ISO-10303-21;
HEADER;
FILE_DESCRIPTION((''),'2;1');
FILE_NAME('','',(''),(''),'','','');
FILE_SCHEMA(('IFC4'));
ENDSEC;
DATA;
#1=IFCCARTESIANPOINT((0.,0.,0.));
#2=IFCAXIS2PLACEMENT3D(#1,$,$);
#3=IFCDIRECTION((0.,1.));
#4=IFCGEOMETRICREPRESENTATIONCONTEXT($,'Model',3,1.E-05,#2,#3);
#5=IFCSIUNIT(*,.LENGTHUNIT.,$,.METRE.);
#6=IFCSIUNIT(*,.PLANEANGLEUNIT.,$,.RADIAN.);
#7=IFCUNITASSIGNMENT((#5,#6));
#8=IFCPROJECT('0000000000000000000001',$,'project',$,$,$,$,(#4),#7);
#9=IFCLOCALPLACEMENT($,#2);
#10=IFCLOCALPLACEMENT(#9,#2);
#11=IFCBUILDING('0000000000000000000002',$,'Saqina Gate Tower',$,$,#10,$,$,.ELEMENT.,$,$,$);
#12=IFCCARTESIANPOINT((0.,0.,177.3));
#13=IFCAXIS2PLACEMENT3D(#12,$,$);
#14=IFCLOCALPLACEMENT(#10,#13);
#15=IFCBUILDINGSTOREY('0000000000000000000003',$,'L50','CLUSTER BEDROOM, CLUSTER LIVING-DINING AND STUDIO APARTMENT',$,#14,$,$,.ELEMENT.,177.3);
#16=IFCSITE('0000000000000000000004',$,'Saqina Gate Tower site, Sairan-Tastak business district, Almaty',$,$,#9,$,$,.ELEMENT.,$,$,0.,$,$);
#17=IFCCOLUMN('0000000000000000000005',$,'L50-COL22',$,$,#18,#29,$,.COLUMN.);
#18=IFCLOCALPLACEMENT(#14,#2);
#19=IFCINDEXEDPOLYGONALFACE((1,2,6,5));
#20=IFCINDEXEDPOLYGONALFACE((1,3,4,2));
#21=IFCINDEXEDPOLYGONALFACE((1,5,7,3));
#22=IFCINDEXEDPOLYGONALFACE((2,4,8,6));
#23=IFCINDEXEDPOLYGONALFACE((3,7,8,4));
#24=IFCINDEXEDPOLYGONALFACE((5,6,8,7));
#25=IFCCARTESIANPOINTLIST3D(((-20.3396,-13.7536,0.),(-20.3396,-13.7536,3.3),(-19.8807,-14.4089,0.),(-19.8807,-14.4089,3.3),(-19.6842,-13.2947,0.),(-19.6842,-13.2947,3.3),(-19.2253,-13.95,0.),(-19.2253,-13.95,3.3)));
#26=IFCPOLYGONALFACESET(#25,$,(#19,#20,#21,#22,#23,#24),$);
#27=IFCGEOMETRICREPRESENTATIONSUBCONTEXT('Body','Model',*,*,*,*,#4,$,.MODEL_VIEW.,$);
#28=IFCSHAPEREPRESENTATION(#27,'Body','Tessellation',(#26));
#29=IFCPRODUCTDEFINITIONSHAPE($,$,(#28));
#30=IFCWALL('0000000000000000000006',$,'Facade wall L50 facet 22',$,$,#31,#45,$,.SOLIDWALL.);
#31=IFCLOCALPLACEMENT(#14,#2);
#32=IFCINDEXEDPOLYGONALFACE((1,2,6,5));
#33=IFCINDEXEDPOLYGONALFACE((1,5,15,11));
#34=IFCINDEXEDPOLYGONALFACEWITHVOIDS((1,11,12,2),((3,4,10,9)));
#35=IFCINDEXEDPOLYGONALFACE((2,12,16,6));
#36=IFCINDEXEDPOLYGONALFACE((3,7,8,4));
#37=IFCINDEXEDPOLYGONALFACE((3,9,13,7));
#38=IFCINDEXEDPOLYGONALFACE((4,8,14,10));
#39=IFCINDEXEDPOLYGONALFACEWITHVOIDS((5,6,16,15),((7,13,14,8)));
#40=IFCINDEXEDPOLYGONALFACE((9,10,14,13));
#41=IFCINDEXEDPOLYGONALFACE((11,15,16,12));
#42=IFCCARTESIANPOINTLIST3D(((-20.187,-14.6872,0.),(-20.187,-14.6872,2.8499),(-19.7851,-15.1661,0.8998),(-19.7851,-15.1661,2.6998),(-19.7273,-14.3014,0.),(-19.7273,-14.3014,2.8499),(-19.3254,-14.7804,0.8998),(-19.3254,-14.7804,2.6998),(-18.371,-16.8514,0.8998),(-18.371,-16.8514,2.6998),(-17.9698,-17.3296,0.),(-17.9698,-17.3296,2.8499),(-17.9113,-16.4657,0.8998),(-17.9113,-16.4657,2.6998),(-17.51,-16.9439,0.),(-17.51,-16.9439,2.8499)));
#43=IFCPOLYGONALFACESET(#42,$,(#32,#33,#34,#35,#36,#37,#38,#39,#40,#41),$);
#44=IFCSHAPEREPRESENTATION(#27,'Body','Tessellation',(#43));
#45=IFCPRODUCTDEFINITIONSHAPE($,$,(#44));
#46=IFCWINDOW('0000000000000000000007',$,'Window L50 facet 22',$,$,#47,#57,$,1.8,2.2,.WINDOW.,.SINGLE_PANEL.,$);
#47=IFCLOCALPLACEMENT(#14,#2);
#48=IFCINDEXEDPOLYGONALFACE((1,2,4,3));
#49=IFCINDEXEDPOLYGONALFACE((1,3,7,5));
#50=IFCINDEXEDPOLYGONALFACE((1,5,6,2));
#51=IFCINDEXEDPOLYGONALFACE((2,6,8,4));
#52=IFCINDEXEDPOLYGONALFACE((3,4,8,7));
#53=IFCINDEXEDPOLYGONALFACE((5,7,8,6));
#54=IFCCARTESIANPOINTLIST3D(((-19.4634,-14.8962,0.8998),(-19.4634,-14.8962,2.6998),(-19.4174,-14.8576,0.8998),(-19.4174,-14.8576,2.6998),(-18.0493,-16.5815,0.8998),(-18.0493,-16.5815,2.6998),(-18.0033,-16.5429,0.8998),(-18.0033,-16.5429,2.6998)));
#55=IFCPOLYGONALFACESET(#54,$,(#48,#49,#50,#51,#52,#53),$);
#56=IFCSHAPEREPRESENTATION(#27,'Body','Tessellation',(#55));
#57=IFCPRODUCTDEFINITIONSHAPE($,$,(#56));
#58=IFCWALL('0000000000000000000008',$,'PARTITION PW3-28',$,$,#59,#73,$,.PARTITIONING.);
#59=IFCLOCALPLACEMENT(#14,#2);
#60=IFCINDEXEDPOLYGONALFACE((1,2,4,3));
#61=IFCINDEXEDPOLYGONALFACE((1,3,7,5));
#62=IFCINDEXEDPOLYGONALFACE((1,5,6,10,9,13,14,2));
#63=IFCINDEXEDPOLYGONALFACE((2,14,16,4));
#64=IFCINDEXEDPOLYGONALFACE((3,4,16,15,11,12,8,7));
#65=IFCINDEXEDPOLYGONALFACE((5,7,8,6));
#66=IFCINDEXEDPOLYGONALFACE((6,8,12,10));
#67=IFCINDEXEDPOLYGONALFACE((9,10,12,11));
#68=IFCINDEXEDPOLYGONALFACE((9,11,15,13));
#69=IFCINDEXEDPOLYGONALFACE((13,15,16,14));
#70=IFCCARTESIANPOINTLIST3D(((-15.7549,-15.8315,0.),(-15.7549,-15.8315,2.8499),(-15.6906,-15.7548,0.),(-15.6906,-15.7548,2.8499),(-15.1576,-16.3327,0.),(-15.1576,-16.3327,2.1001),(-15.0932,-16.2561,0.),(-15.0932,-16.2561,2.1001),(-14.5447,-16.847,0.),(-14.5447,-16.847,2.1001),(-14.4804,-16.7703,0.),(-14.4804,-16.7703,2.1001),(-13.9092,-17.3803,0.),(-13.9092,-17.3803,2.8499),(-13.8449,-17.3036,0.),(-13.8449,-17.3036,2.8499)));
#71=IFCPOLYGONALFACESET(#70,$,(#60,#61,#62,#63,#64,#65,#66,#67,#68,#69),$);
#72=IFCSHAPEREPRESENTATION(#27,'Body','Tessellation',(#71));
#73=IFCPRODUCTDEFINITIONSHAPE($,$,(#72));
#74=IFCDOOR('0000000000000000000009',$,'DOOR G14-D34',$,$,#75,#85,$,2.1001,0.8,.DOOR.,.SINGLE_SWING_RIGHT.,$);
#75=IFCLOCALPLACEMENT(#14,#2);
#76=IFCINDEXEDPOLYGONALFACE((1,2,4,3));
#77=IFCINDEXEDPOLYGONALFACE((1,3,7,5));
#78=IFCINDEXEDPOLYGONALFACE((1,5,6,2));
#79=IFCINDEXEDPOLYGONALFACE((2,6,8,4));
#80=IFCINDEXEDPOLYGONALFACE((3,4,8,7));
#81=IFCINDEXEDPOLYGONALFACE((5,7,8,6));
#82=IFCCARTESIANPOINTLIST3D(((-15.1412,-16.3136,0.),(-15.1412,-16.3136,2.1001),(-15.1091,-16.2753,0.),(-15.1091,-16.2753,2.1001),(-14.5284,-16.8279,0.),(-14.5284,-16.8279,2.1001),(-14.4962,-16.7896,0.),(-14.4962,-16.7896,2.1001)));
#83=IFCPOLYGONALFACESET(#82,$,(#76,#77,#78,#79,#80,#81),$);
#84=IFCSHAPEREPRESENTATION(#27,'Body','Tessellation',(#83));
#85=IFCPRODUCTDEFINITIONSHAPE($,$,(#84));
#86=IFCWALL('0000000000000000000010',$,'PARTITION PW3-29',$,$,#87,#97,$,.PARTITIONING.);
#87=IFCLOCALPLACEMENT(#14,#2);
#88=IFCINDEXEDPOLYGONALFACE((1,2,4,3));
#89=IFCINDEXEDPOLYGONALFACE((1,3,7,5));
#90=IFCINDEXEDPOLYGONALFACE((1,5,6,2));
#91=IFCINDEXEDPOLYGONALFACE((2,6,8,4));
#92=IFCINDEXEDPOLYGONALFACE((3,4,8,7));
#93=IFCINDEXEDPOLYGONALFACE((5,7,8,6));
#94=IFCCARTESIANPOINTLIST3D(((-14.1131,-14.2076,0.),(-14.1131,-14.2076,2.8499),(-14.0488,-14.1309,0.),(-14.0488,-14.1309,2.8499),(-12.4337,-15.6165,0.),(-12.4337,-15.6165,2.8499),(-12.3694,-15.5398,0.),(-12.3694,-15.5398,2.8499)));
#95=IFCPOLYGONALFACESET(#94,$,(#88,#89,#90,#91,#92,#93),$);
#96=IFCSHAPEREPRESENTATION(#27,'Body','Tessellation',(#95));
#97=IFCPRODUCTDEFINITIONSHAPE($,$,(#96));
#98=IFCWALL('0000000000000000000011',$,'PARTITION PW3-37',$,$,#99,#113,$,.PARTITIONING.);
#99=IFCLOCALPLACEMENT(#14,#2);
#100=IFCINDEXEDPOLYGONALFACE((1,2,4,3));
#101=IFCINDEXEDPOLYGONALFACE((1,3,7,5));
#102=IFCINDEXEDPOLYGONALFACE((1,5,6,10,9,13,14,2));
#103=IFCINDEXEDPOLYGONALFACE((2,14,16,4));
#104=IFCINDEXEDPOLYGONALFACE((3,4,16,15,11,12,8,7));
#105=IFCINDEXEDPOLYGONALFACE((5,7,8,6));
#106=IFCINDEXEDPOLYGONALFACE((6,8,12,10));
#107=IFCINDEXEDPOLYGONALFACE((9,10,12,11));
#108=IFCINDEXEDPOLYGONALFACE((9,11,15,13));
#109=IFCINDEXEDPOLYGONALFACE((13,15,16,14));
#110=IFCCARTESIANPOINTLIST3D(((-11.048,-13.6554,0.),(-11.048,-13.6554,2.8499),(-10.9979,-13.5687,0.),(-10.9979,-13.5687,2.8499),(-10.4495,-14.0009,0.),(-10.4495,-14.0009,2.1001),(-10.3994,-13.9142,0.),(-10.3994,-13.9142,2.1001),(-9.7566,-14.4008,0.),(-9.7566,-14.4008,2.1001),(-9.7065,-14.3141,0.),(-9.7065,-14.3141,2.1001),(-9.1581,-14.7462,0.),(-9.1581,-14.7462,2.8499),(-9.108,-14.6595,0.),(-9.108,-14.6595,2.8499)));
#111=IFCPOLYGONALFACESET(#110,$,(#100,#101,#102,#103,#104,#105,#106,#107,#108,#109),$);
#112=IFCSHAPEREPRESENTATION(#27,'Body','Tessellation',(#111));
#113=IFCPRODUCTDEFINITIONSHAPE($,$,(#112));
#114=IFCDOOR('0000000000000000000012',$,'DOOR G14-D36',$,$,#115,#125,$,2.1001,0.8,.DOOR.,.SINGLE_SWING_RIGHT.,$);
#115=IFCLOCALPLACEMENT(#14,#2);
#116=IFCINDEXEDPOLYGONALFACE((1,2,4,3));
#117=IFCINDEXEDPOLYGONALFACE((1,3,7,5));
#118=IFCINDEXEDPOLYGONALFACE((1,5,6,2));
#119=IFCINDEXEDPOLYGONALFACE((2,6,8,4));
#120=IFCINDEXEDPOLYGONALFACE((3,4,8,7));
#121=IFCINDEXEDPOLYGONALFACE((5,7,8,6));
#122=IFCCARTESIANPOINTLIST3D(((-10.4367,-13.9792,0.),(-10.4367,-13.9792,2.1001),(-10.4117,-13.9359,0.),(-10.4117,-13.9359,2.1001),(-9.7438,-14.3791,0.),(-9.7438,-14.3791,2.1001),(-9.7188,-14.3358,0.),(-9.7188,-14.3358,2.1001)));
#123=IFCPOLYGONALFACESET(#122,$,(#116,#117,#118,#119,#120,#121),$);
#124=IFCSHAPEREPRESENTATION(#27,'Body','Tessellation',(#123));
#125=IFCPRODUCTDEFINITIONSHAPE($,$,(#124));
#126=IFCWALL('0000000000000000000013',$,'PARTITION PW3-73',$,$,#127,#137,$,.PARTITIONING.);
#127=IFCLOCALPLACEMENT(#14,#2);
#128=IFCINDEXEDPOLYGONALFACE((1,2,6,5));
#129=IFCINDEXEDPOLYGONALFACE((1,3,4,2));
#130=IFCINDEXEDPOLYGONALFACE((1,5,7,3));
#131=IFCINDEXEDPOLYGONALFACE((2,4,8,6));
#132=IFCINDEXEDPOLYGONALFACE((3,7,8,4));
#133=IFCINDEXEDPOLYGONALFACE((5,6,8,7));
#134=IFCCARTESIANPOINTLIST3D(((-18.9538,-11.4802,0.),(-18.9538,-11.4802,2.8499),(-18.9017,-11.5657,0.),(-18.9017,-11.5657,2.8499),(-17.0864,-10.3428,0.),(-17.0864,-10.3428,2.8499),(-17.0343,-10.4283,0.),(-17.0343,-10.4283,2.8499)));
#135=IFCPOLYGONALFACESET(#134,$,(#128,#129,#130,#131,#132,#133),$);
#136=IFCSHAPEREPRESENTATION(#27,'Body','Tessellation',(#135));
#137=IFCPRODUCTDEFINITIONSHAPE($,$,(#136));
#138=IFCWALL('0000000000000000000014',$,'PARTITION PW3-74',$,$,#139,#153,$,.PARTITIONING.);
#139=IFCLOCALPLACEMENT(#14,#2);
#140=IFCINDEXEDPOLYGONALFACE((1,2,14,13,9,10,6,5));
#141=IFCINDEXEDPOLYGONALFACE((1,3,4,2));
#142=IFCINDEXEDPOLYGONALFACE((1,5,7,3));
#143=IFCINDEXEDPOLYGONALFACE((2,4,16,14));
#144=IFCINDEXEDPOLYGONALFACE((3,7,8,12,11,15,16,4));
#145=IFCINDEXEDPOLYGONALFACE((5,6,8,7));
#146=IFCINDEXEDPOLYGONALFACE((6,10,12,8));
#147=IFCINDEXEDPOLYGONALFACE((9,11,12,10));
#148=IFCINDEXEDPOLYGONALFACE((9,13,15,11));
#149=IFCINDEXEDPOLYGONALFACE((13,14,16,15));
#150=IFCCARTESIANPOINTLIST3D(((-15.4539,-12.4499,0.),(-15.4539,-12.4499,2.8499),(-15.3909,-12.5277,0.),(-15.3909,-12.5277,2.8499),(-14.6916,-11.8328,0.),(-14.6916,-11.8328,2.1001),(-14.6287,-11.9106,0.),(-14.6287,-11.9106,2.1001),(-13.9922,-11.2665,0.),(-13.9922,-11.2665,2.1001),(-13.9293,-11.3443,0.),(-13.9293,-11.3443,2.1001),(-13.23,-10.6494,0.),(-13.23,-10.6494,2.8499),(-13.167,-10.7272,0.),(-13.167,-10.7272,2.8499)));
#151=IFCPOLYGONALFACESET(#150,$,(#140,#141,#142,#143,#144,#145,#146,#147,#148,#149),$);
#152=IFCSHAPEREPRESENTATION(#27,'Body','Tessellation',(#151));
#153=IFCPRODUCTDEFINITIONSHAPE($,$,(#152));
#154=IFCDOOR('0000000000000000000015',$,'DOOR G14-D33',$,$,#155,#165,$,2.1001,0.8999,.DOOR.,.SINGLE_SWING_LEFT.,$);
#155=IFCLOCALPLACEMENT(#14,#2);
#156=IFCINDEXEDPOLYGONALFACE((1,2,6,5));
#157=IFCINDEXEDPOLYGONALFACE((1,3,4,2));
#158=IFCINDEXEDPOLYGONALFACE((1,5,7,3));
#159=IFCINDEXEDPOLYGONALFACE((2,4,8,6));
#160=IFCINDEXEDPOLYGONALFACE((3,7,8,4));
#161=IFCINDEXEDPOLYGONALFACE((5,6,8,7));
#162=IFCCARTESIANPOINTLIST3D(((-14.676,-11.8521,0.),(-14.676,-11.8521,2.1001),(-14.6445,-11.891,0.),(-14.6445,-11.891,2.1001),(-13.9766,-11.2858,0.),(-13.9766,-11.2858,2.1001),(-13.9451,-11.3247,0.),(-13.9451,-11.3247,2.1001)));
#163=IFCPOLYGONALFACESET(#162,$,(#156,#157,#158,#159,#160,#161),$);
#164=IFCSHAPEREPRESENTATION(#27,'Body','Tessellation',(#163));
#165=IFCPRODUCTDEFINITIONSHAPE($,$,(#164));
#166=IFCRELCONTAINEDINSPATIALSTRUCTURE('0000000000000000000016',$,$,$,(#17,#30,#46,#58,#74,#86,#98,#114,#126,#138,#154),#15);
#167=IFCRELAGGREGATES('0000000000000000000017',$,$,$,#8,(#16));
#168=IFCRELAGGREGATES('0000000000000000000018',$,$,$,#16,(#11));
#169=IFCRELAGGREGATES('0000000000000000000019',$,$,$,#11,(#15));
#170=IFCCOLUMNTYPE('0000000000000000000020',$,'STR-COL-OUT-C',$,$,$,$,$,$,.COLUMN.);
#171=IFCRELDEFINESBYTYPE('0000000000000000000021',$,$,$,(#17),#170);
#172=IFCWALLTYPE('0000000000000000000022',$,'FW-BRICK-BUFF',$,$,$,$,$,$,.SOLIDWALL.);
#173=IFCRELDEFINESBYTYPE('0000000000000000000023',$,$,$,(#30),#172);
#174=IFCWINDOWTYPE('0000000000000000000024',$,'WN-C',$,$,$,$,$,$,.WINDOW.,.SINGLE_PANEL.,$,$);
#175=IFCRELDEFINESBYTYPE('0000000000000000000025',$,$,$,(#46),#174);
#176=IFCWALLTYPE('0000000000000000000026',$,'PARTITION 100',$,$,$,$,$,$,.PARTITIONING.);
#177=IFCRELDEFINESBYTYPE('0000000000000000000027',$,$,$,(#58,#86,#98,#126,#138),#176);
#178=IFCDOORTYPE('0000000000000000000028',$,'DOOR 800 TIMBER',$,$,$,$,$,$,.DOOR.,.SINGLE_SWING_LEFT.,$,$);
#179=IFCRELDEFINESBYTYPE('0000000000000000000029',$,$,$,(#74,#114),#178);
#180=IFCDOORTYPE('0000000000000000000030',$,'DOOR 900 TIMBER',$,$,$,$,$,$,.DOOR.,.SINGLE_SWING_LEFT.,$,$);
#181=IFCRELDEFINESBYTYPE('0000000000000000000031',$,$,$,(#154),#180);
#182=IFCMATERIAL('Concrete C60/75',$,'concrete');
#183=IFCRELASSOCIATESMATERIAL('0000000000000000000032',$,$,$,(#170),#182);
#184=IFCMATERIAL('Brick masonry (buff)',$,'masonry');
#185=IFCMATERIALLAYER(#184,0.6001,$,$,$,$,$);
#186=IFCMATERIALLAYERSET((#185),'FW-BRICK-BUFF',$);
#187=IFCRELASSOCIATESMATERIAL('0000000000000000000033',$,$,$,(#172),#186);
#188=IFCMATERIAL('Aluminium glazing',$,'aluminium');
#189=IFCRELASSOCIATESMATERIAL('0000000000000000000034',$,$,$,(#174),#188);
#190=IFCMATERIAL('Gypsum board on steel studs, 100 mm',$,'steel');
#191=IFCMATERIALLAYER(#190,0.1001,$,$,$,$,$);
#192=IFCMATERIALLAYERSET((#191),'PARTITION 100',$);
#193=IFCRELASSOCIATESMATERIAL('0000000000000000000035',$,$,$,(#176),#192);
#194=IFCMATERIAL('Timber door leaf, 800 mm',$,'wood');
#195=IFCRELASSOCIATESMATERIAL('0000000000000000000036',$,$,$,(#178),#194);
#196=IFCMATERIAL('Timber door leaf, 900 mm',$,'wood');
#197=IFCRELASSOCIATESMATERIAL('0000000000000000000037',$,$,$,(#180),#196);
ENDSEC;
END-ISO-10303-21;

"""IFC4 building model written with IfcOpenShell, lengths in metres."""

from ifc_helpers import new_model, si_unit, direction, frame, frame_2d, origin, origin_2d, place, context, subcontext, project, spatial, rectangle, extrude, material, layer, layer_set, material_profile, profile_set, type_object, element, fill, save


model = new_model("IFC4")

# Units and contexts
model_context = context("Model", 3, precision=1e-05, world=origin(), true_north=direction((0.0, 1.0)))
body_context = subcontext(model_context, "Body", "Model", "MODEL_VIEW")
ifc_project = project(units=[si_unit("LENGTHUNIT", "METRE"), si_unit("PLANEANGLEUNIT", "RADIAN")], contexts=[model_context])

# Site, building, storey
site_placement = place(None, origin())
site = spatial("IfcSite", under=ifc_project, at=site_placement, Name="Saqina Gate Tower site, Sairan-Tastak business district, Almaty", CompositionType="ELEMENT", RefElevation=0.0)
building_placement = place(site_placement, origin())
building = spatial("IfcBuilding", under=site, at=building_placement, Name="Saqina Gate Tower", CompositionType="ELEMENT")
storey_placement = place(building_placement, frame((0.0, 0.0, 177.3)))
storey = spatial("IfcBuildingStorey", under=building, at=storey_placement, Name="L50", Description="CLUSTER BEDROOM, CLUSTER LIVING-DINING AND STUDIO APARTMENT", CompositionType="ELEMENT", Elevation=177.3)

# Column
ifc_material_1 = material(Name="Concrete C60/75", Category="concrete")
ifc_material_profile = material_profile(ifc_material_1, rectangle(XDim=0.8, YDim=0.8, at=origin_2d()), Name="RC 800x800")
ifc_profile_set = profile_set([ifc_material_profile], Name="Concrete C60/75")
column_type = type_object("IfcColumnType", Name="STR-COL-OUT-C", PredefinedType="COLUMN", material=ifc_profile_set)
column_placement = place(storey_placement, frame((-19.7825, -13.8518, 0.0), z_axis=(0.0, 0.0, 1.0), x_axis=(-0.819152, -0.573576, 0.0)))
element("IfcColumn", 1, at=column_placement, inside=storey, type_object=column_type, Name="L50-COL22", PredefinedType="COLUMN", context=body_context, shape_type="SweptSolid", body=[
    extrude(rectangle(XDim=0.8, YDim=0.8, at=origin_2d()), origin(), (0.0, 0.0, 1.0), 3.3),
])

# Wall, opening, window
ifc_material_2 = material(Name="Brick masonry (buff)", Category="masonry")
ifc_layer_1 = layer(ifc_material_2, 0.6001)
ifc_layer_set_1 = layer_set([ifc_layer_1], Name="FW-BRICK-BUFF")
wall_type_1 = type_object("IfcWallType", Name="FW-BRICK-BUFF", PredefinedType="SOLIDWALL", material=ifc_layer_set_1)
wall_1_placement = place(storey_placement, frame((-19.957, -14.4944, 0.0), z_axis=(0.0, 0.0, 1.0), x_axis=(0.64277, -0.766059, 0.0)))
wall_1 = element("IfcWall", 2, at=wall_1_placement, inside=storey, type_object=wall_type_1, Name="Facade wall L50 facet 22", PredefinedType="SOLIDWALL", context=body_context, shape_type="SweptSolid", body=[
    extrude(rectangle(XDim=3.4495, YDim=0.6001, at=frame_2d((1.7246, 0.0))), origin(), (0.0, 0.0, 1.0), 2.8499),
])
opening_1_placement = place(wall_1_placement, frame((0.625, 0.0, 0.8999)))
opening_1 = element("IfcOpeningElement", 3, at=opening_1_placement, cuts=wall_1, PredefinedType="OPENING", context=body_context, shape_type="SweptSolid", body=[
    extrude(rectangle(XDim=2.2, YDim=1.8, at=frame_2d((1.1001, 0.8999))), frame((0.0, 0.312, 0.0), z_axis=(0.0, -1.0, 0.0), x_axis=(1.0, 0.0, 0.0)), (0.0, 0.0, 1.0), 0.624),
])
ifc_material_3 = material(Name="Aluminium glazing", Category="aluminium")
window_type = type_object("IfcWindowType", Name="WN-C", PartitioningType="SINGLE_PANEL", PredefinedType="WINDOW", material=ifc_material_3)
window_placement = place(opening_1_placement, origin())
window = element("IfcWindow", 4, at=window_placement, inside=storey, type_object=window_type, Name="Window L50 facet 22", OverallHeight=1.8, OverallWidth=2.2, PartitioningType="SINGLE_PANEL", PredefinedType="WINDOW", context=body_context, shape_type="SweptSolid", body=[
    extrude(rectangle(XDim=2.2, YDim=1.8, at=frame_2d((1.1001, 0.8999))), frame((0.0, 0.1799, 0.0), z_axis=(0.0, -1.0, 0.0), x_axis=(1.0, 0.0, 0.0)), (0.0, 0.0, 1.0), 0.0601),
])
fill(opening_1, window)

# Wall, opening, door
ifc_material_4 = material(Name="Gypsum board on steel studs, 100 mm", Category="steel")
ifc_layer_2 = layer(ifc_material_4, 0.1001)
ifc_layer_set_2 = layer_set([ifc_layer_2], Name="PARTITION 100")
wall_type_2 = type_object("IfcWallType", Name="PARTITION 100", PredefinedType="PARTITIONING", material=ifc_layer_set_2)
wall_2_placement = place(storey_placement, frame((-15.7227, -15.7932, 0.0), z_axis=(0.0, 0.0, 1.0), x_axis=(0.766024, -0.642812, 0.0)))
wall_2 = element("IfcWall", 5, at=wall_2_placement, inside=storey, type_object=wall_type_2, Name="PARTITION PW3-28", PredefinedType="PARTITIONING", context=body_context, shape_type="SweptSolid", body=[
    extrude(rectangle(XDim=2.4094, YDim=0.1001, at=frame_2d((1.2046, 0.0))), origin(), (0.0, 0.0, 1.0), 2.8499),
])
opening_2_placement = place(wall_2_placement, frame((0.7798, 0.0, 0.0)))
opening_2 = element("IfcOpeningElement", 6, at=opening_2_placement, cuts=wall_2, PredefinedType="OPENING", context=body_context, shape_type="SweptSolid", body=[
    extrude(rectangle(XDim=0.8, YDim=2.1001, at=frame_2d((0.3999, 1.05))), frame((0.0, 0.062, 0.0), z_axis=(0.0, -1.0, 0.0), x_axis=(1.0, 0.0, 0.0)), (0.0, 0.0, 1.0), 0.124),
])
ifc_material_5 = material(Name="Timber door leaf, 800 mm", Category="wood")
door_type_1 = type_object("IfcDoorType", Name="DOOR 800 TIMBER", OperationType="SINGLE_SWING_LEFT", PredefinedType="DOOR", material=ifc_material_5)
door_1_placement = place(opening_2_placement, frame((0.8, 0.0, 0.0), z_axis=(0.0, 0.0, 1.0), x_axis=(-1.0, 0.0, 0.0)))
door_1 = element("IfcDoor", 7, at=door_1_placement, inside=storey, type_object=door_type_1, Name="DOOR G14-D34", OperationType="SINGLE_SWING_RIGHT", OverallHeight=2.1001, OverallWidth=0.8, PredefinedType="DOOR", context=body_context, shape_type="SweptSolid", body=[
    extrude(rectangle(XDim=0.8, YDim=2.1001, at=frame_2d((0.3999, 1.05))), frame((0.0, 0.0249, 0.0), z_axis=(0.0, -1.0, 0.0), x_axis=(1.0, 0.0, 0.0)), (0.0, 0.0, 1.0), 0.05),
])
fill(opening_2, door_1)

# Wall
wall_3_placement = place(storey_placement, frame((-14.0811, -14.1692, 0.0), z_axis=(0.0, 0.0, 1.0), x_axis=(0.766108, -0.642711, 0.0)))
element("IfcWall", 8, at=wall_3_placement, inside=storey, type_object=wall_type_2, Name="PARTITION PW3-29", PredefinedType="PARTITIONING", context=body_context, shape_type="SweptSolid", body=[
    extrude(rectangle(XDim=2.1921, YDim=0.1001, at=frame_2d((1.0962, 0.0))), origin(), (0.0, 0.0, 1.0), 2.8499),
])

# Wall, opening, door
wall_4_placement = place(storey_placement, frame((-11.0229, -13.6121, 0.0), z_axis=(0.0, 0.0, 1.0), x_axis=(0.866087, -0.499894, 0.0)))
wall_4 = element("IfcWall", 9, at=wall_4_placement, inside=storey, type_object=wall_type_2, Name="PARTITION PW3-37", PredefinedType="PARTITIONING", context=body_context, shape_type="SweptSolid", body=[
    extrude(rectangle(XDim=2.1821, YDim=0.1001, at=frame_2d((1.0911, 0.0))), origin(), (0.0, 0.0, 1.0), 2.8499),
])
opening_3_placement = place(wall_4_placement, frame((0.6912, 0.0, 0.0)))
opening_3 = element("IfcOpeningElement", 10, at=opening_3_placement, cuts=wall_4, PredefinedType="OPENING", context=body_context, shape_type="SweptSolid", body=[
    extrude(rectangle(XDim=0.8, YDim=2.1001, at=frame_2d((0.3999, 1.05))), frame((0.0, 0.062, 0.0), z_axis=(0.0, -1.0, 0.0), x_axis=(1.0, 0.0, 0.0)), (0.0, 0.0, 1.0), 0.124),
])
door_2_placement = place(opening_3_placement, frame((0.8, 0.0, 0.0), z_axis=(0.0, 0.0, 1.0), x_axis=(-1.0, 0.0, 0.0)))
door_2 = element("IfcDoor", 11, at=door_2_placement, inside=storey, type_object=door_type_1, Name="DOOR G14-D36", OperationType="SINGLE_SWING_RIGHT", OverallHeight=2.1001, OverallWidth=0.8, PredefinedType="DOOR", context=body_context, shape_type="SweptSolid", body=[
    extrude(rectangle(XDim=0.8, YDim=2.1001, at=frame_2d((0.3999, 1.05))), frame((0.0, 0.0249, 0.0), z_axis=(0.0, -1.0, 0.0), x_axis=(1.0, 0.0, 0.0)), (0.0, 0.0, 1.0), 0.05),
])
fill(opening_3, door_2)

# Wall
wall_5_placement = place(storey_placement, frame((-18.9277, -11.5229, 0.0), z_axis=(0.0, 0.0, 1.0), x_axis=(0.854045, 0.520198, 0.0)))
element("IfcWall", 12, at=wall_5_placement, inside=storey, type_object=wall_type_2, Name="PARTITION PW3-73", PredefinedType="PARTITIONING", context=body_context, shape_type="SweptSolid", body=[
    extrude(rectangle(XDim=2.1865, YDim=0.1001, at=frame_2d((1.0933, 0.0))), origin(), (0.0, 0.0, 1.0), 2.8499),
])

# Wall, opening, door
wall_6_placement = place(storey_placement, frame((-15.4224, -12.4888, 0.0), z_axis=(0.0, 0.0, 1.0), x_axis=(0.777201, 0.629252, 0.0)))
wall_6 = element("IfcWall", 13, at=wall_6_placement, inside=storey, type_object=wall_type_2, Name="PARTITION PW3-74", PredefinedType="PARTITIONING", context=body_context, shape_type="SweptSolid", body=[
    extrude(rectangle(XDim=2.8613, YDim=0.1001, at=frame_2d((1.4307, 0.0))), origin(), (0.0, 0.0, 1.0), 2.8499),
])
opening_4_placement = place(wall_6_placement, frame((0.9807, 0.0, 0.0)))
opening_4 = element("IfcOpeningElement", 14, at=opening_4_placement, cuts=wall_6, PredefinedType="OPENING", context=body_context, shape_type="SweptSolid", body=[
    extrude(rectangle(XDim=0.8999, YDim=2.1001, at=frame_2d((0.45, 1.05))), frame((0.0, 0.062, 0.0), z_axis=(0.0, -1.0, 0.0), x_axis=(1.0, 0.0, 0.0)), (0.0, 0.0, 1.0), 0.124),
])
ifc_material_6 = material(Name="Timber door leaf, 900 mm", Category="wood")
door_type_2 = type_object("IfcDoorType", Name="DOOR 900 TIMBER", OperationType="SINGLE_SWING_LEFT", PredefinedType="DOOR", material=ifc_material_6)
door_3_placement = place(opening_4_placement, frame((0.8999, 0.0, 0.0), z_axis=(0.0, 0.0, 1.0), x_axis=(-1.0, 0.0, 0.0)))
door_3 = element("IfcDoor", 15, at=door_3_placement, inside=storey, type_object=door_type_2, Name="DOOR G14-D33", OperationType="SINGLE_SWING_LEFT", OverallHeight=2.1001, OverallWidth=0.8999, PredefinedType="DOOR", context=body_context, shape_type="SweptSolid", body=[
    extrude(rectangle(XDim=0.8999, YDim=2.1001, at=frame_2d((0.45, 1.05))), frame((0.0, 0.0249, 0.0), z_axis=(0.0, -1.0, 0.0), x_axis=(1.0, 0.0, 0.0)), (0.0, 0.0, 1.0), 0.05),
])
fill(opening_4, door_3)

save(model, "model.ifc")
